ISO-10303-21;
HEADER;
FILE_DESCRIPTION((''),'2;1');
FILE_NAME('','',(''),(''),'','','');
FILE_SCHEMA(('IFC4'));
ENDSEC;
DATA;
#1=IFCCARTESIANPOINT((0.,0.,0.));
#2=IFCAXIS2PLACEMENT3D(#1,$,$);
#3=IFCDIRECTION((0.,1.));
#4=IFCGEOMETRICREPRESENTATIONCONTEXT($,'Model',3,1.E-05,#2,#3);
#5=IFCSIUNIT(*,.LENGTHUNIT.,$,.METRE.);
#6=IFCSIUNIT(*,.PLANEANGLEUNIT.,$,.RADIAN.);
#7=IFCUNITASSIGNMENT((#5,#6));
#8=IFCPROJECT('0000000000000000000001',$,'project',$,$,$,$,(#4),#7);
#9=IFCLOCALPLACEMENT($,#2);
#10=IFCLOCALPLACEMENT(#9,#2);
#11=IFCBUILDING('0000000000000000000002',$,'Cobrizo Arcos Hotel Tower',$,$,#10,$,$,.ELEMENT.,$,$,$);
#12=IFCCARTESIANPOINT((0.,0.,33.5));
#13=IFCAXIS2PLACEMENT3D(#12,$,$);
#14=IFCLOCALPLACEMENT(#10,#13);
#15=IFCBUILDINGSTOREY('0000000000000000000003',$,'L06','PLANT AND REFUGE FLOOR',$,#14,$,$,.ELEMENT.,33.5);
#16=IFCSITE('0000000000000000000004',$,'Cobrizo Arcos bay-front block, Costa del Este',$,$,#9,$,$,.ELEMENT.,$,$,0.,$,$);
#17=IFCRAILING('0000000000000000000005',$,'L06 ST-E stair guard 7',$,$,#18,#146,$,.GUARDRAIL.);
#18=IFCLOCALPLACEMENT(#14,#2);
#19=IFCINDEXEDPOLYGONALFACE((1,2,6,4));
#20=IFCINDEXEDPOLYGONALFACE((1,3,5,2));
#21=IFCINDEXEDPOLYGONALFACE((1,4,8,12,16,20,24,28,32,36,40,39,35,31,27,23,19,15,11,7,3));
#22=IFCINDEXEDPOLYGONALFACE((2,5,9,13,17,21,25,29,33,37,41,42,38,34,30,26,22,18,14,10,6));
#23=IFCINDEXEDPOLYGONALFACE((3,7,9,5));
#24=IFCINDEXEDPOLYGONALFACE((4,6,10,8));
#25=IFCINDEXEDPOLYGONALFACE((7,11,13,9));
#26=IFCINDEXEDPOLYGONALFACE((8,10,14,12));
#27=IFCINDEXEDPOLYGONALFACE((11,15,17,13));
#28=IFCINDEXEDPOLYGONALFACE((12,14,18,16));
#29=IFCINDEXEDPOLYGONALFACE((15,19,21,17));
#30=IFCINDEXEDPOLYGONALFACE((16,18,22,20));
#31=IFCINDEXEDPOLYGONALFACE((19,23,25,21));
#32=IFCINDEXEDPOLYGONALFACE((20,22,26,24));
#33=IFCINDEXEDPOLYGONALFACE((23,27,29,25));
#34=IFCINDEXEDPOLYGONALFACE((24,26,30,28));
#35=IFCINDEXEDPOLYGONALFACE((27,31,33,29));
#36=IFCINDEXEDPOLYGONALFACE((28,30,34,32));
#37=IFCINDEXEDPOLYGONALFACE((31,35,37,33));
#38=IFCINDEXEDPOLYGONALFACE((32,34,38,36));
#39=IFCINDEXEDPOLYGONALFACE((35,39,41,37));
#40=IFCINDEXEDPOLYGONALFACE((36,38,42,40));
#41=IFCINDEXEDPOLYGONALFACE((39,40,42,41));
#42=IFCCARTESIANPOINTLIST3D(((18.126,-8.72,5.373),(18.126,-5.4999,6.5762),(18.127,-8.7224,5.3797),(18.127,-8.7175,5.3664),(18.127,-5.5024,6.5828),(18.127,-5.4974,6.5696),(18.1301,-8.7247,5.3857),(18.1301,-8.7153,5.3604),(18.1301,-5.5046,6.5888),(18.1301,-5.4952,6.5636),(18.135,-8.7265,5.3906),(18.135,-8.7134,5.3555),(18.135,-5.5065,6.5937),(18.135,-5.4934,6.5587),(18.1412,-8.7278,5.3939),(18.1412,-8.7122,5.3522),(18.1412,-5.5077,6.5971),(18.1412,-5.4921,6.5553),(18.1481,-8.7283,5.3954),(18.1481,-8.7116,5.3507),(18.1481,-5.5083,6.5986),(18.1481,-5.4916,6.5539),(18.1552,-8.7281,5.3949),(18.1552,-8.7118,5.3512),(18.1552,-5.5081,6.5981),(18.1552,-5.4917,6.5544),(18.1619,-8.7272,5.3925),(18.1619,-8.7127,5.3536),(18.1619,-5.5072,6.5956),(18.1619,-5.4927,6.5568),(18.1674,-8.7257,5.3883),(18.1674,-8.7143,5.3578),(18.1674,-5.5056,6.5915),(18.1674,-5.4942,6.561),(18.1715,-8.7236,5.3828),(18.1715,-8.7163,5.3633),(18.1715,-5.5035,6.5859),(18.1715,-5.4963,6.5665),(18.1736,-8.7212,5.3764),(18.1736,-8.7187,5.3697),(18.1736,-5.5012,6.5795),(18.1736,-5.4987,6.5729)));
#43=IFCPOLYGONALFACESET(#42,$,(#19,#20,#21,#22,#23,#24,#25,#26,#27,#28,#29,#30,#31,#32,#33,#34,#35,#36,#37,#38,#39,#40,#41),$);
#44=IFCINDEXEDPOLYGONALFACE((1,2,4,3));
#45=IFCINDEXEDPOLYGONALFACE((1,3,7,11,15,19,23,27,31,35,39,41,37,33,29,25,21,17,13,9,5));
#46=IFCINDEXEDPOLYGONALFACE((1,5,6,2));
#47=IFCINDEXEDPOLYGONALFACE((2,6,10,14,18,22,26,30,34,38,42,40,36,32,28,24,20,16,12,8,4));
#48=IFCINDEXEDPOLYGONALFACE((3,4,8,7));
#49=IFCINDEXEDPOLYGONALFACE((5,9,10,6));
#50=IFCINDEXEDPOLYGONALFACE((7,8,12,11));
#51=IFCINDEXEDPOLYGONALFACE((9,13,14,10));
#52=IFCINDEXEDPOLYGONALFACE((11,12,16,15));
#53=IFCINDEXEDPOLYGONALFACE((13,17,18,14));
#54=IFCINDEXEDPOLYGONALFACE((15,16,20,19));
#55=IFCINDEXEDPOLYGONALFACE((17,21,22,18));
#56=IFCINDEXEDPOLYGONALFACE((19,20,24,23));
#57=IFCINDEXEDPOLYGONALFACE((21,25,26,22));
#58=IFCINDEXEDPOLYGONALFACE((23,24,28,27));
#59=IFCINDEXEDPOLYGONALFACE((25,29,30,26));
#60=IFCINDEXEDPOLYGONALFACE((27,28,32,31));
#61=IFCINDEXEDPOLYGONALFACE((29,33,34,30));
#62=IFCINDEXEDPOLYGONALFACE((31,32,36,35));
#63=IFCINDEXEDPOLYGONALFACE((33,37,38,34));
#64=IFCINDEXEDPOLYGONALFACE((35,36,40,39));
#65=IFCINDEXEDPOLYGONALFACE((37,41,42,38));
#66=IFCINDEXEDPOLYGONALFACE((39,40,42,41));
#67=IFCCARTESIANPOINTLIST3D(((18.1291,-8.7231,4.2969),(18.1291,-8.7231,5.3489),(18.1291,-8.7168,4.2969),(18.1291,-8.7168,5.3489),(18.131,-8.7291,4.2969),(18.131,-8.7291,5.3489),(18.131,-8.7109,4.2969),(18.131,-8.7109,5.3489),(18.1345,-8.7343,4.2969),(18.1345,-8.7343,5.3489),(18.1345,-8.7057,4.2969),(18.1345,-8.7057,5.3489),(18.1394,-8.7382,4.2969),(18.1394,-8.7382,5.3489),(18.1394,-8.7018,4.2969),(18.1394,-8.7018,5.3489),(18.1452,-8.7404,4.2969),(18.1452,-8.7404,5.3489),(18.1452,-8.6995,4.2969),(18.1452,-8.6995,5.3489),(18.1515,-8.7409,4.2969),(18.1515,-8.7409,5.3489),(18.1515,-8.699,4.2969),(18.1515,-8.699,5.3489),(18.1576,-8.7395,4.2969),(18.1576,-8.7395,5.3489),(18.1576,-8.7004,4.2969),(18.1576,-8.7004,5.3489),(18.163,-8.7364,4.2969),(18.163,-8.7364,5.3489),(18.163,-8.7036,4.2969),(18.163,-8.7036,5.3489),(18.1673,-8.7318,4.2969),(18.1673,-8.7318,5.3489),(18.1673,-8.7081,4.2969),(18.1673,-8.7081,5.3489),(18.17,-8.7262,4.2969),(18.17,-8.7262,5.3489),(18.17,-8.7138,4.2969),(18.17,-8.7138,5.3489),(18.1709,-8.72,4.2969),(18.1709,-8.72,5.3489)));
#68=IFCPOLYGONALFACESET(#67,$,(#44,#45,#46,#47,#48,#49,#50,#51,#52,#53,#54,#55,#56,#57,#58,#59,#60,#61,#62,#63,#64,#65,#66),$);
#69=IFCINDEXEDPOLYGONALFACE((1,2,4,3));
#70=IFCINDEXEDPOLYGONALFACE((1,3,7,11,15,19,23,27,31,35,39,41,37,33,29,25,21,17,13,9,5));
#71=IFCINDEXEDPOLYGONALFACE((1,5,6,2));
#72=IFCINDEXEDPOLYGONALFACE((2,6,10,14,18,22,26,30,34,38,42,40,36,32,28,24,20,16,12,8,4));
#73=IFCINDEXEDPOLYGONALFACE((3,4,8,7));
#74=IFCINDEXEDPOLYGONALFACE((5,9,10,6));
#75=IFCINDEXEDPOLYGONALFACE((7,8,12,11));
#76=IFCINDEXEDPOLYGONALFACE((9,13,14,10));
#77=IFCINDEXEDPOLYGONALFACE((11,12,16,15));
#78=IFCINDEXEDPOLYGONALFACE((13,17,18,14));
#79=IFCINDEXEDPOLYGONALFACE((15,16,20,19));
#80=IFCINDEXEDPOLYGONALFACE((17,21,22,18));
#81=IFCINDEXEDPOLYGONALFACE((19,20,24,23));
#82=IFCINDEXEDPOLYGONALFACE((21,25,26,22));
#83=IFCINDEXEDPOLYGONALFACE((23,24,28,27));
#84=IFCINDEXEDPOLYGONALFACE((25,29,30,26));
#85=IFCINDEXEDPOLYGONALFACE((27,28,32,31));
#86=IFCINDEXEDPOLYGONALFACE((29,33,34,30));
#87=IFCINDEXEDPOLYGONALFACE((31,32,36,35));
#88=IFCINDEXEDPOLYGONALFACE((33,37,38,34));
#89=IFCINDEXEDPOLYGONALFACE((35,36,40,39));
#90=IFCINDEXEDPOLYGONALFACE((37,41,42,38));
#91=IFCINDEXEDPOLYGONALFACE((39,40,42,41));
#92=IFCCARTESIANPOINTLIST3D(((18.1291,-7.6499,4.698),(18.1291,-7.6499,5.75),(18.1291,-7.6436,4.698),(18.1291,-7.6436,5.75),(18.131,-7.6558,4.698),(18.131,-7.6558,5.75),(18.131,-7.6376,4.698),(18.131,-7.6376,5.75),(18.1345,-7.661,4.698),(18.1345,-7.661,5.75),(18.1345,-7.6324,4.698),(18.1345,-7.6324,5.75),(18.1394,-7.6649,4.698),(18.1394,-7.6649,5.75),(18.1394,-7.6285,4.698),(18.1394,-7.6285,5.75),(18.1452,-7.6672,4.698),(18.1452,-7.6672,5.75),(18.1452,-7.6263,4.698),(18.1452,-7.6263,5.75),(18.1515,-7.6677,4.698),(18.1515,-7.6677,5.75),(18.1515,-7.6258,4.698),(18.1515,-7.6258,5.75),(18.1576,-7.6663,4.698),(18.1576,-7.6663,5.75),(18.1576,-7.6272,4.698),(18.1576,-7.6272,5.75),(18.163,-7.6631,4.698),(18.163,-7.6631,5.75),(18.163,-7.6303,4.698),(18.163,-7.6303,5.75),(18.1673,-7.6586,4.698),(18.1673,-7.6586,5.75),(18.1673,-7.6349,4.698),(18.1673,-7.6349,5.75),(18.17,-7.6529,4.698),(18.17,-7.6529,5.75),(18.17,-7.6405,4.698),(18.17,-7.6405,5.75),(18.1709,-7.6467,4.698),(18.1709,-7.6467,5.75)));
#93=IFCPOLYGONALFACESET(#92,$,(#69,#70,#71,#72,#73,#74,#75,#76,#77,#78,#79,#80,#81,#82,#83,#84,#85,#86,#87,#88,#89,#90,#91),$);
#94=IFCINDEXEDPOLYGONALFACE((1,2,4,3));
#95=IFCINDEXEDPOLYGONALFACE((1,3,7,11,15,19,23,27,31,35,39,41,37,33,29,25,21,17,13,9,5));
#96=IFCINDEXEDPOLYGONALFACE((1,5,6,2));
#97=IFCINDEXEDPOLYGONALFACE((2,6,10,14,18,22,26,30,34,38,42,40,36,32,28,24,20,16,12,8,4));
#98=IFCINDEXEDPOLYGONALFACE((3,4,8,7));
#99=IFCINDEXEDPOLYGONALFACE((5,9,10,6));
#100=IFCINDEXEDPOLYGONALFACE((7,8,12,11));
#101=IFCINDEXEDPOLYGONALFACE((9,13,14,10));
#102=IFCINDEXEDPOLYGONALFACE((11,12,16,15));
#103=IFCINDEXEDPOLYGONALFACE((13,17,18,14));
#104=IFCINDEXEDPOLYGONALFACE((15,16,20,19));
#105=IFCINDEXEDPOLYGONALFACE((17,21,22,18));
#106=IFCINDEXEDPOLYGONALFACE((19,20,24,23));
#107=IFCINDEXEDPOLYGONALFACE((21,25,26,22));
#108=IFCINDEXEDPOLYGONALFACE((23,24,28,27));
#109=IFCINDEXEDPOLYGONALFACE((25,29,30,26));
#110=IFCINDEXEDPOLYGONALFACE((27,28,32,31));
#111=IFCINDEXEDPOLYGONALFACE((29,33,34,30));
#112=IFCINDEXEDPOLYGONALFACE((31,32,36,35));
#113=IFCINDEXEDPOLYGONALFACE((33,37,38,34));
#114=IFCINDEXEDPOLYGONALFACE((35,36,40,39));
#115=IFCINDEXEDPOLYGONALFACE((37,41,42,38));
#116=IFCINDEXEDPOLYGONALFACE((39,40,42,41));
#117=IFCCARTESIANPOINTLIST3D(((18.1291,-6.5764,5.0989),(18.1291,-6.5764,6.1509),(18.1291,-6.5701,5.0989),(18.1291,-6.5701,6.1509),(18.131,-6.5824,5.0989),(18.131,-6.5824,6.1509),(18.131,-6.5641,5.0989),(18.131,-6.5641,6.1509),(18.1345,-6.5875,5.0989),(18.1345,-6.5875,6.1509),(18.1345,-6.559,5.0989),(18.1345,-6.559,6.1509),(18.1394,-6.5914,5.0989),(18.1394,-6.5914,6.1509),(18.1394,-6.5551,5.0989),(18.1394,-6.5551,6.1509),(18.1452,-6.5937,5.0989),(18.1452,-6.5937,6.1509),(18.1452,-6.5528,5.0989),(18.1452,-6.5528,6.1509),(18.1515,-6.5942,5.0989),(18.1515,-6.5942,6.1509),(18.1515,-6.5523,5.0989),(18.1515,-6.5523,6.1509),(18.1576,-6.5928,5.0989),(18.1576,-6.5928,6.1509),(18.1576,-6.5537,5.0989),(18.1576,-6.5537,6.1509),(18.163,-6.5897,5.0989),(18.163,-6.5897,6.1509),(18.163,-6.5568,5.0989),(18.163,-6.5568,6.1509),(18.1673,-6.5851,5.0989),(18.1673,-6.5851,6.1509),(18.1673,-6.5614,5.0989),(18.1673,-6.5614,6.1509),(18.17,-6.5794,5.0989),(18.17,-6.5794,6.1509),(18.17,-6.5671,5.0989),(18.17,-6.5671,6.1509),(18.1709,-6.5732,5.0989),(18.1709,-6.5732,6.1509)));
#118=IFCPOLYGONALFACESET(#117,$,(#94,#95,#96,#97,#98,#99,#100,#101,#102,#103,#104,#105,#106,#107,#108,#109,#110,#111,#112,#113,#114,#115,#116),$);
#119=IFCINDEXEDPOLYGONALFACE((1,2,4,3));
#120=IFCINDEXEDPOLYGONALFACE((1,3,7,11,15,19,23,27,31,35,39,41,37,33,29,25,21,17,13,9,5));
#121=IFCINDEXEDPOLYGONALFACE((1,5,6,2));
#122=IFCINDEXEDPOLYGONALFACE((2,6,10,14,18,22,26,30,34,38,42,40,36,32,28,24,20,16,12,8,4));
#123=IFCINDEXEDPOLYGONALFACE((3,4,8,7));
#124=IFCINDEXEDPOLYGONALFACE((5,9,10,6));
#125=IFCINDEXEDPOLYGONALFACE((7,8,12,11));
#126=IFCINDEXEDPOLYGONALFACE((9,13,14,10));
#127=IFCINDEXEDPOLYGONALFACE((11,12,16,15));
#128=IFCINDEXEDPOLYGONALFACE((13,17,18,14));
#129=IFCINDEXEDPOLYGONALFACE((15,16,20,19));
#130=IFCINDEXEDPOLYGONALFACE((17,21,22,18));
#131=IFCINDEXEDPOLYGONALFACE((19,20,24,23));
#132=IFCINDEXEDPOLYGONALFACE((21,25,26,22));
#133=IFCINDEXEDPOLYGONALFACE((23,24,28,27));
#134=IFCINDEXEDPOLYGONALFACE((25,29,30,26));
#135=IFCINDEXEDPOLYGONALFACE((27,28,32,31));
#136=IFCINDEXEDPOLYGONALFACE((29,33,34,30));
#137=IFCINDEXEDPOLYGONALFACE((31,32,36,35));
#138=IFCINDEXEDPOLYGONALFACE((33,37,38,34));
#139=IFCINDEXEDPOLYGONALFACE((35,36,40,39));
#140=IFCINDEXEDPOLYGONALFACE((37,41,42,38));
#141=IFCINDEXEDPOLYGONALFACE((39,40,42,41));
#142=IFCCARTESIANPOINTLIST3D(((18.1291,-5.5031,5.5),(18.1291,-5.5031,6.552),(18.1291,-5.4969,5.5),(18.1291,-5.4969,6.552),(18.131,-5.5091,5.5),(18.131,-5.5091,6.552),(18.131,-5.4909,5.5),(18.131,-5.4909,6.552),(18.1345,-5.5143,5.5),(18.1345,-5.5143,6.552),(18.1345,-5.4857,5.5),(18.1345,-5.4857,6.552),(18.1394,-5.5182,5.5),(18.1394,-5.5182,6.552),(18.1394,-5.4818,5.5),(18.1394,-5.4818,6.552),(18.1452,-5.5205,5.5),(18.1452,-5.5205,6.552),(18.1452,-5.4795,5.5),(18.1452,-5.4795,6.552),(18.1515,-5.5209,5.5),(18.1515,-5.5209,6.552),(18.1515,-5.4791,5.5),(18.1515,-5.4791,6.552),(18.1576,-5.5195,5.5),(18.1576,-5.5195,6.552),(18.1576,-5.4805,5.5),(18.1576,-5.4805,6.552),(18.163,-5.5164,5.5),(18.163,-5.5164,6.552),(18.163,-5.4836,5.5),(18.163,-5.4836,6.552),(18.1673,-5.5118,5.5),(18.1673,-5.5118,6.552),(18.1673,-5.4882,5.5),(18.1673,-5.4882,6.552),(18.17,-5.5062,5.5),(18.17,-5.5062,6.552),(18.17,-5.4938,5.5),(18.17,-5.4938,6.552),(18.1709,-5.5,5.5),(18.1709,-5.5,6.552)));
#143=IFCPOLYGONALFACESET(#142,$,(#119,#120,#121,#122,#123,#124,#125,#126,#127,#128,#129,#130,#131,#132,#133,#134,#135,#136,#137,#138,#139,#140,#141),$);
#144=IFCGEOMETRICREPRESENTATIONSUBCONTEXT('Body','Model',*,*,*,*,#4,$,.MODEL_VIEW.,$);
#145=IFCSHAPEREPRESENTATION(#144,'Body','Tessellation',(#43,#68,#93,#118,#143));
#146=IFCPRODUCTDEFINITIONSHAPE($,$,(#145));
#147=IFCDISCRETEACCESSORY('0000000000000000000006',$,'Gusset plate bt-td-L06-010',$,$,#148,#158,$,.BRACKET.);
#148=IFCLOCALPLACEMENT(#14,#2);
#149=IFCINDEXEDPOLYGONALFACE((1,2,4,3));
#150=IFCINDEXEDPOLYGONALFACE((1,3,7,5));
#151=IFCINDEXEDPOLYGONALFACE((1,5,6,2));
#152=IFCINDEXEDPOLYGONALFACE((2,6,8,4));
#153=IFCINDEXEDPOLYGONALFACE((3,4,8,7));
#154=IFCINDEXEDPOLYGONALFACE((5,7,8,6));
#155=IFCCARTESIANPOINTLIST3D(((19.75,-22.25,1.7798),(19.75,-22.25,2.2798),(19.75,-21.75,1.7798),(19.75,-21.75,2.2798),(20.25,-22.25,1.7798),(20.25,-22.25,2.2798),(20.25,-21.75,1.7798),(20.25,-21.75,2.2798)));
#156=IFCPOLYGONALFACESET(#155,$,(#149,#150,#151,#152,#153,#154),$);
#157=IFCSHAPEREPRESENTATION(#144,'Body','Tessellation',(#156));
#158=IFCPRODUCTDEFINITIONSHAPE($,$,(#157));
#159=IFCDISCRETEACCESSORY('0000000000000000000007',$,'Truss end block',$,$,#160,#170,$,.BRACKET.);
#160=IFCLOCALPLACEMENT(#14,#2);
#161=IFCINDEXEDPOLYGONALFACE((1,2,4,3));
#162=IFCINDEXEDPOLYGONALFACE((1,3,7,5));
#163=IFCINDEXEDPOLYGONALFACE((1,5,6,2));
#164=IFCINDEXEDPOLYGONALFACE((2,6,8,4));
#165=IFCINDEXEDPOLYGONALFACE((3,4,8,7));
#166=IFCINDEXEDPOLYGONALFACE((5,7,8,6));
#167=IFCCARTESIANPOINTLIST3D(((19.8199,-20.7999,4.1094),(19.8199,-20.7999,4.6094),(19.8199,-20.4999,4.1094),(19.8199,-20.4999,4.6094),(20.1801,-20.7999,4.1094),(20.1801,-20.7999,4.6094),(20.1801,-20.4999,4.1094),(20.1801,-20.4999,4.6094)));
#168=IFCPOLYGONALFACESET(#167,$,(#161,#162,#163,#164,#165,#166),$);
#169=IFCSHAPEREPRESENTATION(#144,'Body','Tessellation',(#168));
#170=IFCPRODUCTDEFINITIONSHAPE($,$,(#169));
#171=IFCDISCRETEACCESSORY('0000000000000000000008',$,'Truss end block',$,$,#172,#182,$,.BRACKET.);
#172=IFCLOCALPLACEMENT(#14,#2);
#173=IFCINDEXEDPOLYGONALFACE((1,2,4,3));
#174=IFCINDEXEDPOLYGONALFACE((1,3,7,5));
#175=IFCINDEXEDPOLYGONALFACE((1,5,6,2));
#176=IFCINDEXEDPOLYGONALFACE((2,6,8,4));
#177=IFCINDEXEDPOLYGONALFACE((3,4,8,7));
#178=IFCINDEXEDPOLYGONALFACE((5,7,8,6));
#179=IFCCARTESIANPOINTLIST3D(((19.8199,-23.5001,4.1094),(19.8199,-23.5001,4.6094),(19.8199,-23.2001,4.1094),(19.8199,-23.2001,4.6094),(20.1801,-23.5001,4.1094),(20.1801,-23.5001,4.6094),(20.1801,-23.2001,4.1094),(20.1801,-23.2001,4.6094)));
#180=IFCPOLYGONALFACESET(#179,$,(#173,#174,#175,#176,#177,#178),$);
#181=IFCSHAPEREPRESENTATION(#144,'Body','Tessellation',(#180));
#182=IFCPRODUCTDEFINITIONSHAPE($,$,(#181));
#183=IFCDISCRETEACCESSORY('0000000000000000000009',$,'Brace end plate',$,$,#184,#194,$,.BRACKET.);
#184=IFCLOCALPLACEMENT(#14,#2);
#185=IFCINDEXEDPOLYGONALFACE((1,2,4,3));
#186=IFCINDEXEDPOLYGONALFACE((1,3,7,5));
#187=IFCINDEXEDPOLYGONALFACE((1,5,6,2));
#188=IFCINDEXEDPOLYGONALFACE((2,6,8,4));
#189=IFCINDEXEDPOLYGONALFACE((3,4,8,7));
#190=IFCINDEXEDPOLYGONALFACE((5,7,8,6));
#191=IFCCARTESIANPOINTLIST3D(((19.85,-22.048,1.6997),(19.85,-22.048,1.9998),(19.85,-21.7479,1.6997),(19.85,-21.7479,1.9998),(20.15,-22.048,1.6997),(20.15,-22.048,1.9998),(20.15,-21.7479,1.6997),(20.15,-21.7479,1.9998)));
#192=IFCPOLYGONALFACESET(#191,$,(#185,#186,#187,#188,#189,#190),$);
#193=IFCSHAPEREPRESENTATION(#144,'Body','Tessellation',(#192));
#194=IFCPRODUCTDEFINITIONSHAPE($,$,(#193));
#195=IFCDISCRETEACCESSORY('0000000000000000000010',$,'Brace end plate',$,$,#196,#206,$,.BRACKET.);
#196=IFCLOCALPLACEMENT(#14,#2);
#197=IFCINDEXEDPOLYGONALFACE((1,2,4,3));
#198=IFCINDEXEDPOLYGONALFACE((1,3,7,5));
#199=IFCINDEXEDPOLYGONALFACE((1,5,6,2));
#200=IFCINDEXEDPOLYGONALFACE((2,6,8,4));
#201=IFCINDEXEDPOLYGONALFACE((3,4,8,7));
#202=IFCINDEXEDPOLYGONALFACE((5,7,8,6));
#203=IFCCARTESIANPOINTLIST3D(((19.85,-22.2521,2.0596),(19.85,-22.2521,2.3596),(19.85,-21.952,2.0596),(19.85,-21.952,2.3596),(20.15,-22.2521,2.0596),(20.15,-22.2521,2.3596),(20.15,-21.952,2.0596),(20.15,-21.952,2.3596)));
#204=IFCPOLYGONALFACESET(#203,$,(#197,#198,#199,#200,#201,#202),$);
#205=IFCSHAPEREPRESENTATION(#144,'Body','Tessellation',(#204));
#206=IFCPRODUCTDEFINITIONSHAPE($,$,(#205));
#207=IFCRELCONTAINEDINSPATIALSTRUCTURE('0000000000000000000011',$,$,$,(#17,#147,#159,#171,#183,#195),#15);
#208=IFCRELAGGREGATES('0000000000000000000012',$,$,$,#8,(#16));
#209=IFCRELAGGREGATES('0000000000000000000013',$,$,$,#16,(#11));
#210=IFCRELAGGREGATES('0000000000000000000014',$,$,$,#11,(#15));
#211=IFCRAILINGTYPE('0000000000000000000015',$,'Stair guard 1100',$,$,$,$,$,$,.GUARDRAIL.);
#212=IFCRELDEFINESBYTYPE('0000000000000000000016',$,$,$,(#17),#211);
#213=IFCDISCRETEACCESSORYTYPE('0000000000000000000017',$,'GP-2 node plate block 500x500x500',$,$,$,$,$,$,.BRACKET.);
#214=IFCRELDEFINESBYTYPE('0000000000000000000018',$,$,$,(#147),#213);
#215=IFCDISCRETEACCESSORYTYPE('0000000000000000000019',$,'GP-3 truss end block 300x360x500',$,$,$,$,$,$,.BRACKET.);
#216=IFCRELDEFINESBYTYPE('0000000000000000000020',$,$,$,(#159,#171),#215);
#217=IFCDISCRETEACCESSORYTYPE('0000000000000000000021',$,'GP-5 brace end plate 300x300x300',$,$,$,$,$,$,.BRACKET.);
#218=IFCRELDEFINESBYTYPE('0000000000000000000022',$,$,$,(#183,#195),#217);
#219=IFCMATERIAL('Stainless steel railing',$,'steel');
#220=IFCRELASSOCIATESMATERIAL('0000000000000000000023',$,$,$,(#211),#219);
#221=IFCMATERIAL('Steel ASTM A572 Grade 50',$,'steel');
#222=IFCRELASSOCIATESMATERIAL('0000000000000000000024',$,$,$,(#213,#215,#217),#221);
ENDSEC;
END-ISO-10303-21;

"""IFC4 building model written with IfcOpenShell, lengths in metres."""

from ifc_helpers import new_model, si_unit, direction, frame, origin, origin_2d, place, context, subcontext, project, spatial, rectangle, circle, extrude, material, type_object, element, save


model = new_model("IFC4")

# Units and contexts
model_context = context("Model", 3, precision=1e-05, world=origin(), true_north=direction((0.0, 1.0)))
body_context = subcontext(model_context, "Body", "Model", "MODEL_VIEW")
ifc_project = project(units=[si_unit("LENGTHUNIT", "METRE"), si_unit("PLANEANGLEUNIT", "RADIAN")], contexts=[model_context])

# Site, building, storey
site_placement = place(None, origin())
site = spatial("IfcSite", under=ifc_project, at=site_placement, Name="Cobrizo Arcos bay-front block, Costa del Este", CompositionType="ELEMENT", RefElevation=0.0)
building_placement = place(site_placement, origin())
building = spatial("IfcBuilding", under=site, at=building_placement, Name="Cobrizo Arcos Hotel Tower", CompositionType="ELEMENT")
storey_placement = place(building_placement, frame((0.0, 0.0, 33.5)))
storey = spatial("IfcBuildingStorey", under=building, at=storey_placement, Name="L06", Description="PLANT AND REFUGE FLOOR", CompositionType="ELEMENT", Elevation=33.5)

# Railing
ifc_material_1 = material(Name="Stainless steel railing", Category="steel")
railing_type = type_object("IfcRailingType", Name="Stair guard 1100", PredefinedType="GUARDRAIL", material=ifc_material_1)
railing_1_placement = place(storey_placement, frame((18.1499, -8.72, 4.2969)))
element("IfcRailing", 1, at=railing_1_placement, inside=storey, type_object=railing_type, Name="L06 ST-E stair guard 7", PredefinedType="GUARDRAIL", context=body_context, shape_type="SweptSolid", body=[
    extrude(circle(Radius=0.0239, at=origin_2d()), frame((0.0, 0.0, 1.0762), z_axis=(0.0, 0.936746, 0.35001), x_axis=(-1.0, 0.0, 0.0)), (0.0, 0.0, 1.0), 3.4375),
    extrude(circle(Radius=0.021, at=origin_2d()), origin(), (0.0, 0.0, 1.0), 1.052),
    extrude(circle(Radius=0.021, at=origin_2d()), frame((0.0, 1.0732, 0.4011)), (0.0, 0.0, 1.0), 1.052),
    extrude(circle(Radius=0.021, at=origin_2d()), frame((0.0, 2.1467, 0.802)), (0.0, 0.0, 1.0), 1.052),
    extrude(circle(Radius=0.021, at=origin_2d()), frame((0.0, 3.22, 1.2031)), (0.0, 0.0, 1.0), 1.052),
])

# Discrete accessories
ifc_material_2 = material(Name="Steel ASTM A572 Grade 50", Category="steel")
discrete_accessory_type_1 = type_object("IfcDiscreteAccessoryType", Name="GP-2 node plate block 500x500x500", PredefinedType="BRACKET", material=ifc_material_2)
discrete_accessory_placement = place(storey_placement, frame((20.0, -22.0, 1.7798), z_axis=(0.0, 0.0, 1.0), x_axis=(1.0, 0.0, 0.0)))
element("IfcDiscreteAccessory", 2, at=discrete_accessory_placement, inside=storey, type_object=discrete_accessory_type_1, Name="Gusset plate bt-td-L06-010", PredefinedType="BRACKET", context=body_context, shape_type="SweptSolid", body=[
    extrude(rectangle(XDim=0.5, YDim=0.5, at=origin_2d()), origin(), (0.0, 0.0, 1.0), 0.5),
])
discrete_accessory_type_2 = type_object("IfcDiscreteAccessoryType", Name="GP-3 truss end block 300x360x500", PredefinedType="BRACKET", material=ifc_material_2)
for number, where, z_axis, x_axis, name in (
    (3, (20.0, -20.6499, 4.1094), (0.0, 0.0, 1.0), (0.0, -1.0, 0.0), "Truss end block"),
    (4, (20.0, -23.3501, 4.1094), (0.0, 0.0, 1.0), (0.0, 1.0, 0.0), "Truss end block"),
):
    element("IfcDiscreteAccessory", number, at=place(storey_placement, frame(where, z_axis=z_axis, x_axis=x_axis)), inside=storey, type_object=discrete_accessory_type_2, Name=name, PredefinedType="BRACKET", context=body_context, shape_type="SweptSolid", body=[
        extrude(rectangle(XDim=0.3, YDim=0.3601, at=origin_2d()), origin(), (0.0, 0.0, 1.0), 0.5),
    ])
discrete_accessory_type_3 = type_object("IfcDiscreteAccessoryType", Name="GP-5 brace end plate 300x300x300", PredefinedType="BRACKET", material=ifc_material_2)
for number, where, z_axis, x_axis, name in (
    (5, (20.0, -21.8979, 1.6997), (0.0, 0.0, 1.0), (1.0, 0.0, 0.0), "Brace end plate"),
    (6, (20.0, -22.1021, 2.0596), (0.0, 0.0, 1.0), (1.0, 0.0, 0.0), "Brace end plate"),
):
    element("IfcDiscreteAccessory", number, at=place(storey_placement, frame(where, z_axis=z_axis, x_axis=x_axis)), inside=storey, type_object=discrete_accessory_type_3, Name=name, PredefinedType="BRACKET", context=body_context, shape_type="SweptSolid", body=[
        extrude(rectangle(XDim=0.3, YDim=0.3, at=origin_2d()), origin(), (0.0, 0.0, 1.0), 0.3),
    ])

save(model, "model.ifc")
